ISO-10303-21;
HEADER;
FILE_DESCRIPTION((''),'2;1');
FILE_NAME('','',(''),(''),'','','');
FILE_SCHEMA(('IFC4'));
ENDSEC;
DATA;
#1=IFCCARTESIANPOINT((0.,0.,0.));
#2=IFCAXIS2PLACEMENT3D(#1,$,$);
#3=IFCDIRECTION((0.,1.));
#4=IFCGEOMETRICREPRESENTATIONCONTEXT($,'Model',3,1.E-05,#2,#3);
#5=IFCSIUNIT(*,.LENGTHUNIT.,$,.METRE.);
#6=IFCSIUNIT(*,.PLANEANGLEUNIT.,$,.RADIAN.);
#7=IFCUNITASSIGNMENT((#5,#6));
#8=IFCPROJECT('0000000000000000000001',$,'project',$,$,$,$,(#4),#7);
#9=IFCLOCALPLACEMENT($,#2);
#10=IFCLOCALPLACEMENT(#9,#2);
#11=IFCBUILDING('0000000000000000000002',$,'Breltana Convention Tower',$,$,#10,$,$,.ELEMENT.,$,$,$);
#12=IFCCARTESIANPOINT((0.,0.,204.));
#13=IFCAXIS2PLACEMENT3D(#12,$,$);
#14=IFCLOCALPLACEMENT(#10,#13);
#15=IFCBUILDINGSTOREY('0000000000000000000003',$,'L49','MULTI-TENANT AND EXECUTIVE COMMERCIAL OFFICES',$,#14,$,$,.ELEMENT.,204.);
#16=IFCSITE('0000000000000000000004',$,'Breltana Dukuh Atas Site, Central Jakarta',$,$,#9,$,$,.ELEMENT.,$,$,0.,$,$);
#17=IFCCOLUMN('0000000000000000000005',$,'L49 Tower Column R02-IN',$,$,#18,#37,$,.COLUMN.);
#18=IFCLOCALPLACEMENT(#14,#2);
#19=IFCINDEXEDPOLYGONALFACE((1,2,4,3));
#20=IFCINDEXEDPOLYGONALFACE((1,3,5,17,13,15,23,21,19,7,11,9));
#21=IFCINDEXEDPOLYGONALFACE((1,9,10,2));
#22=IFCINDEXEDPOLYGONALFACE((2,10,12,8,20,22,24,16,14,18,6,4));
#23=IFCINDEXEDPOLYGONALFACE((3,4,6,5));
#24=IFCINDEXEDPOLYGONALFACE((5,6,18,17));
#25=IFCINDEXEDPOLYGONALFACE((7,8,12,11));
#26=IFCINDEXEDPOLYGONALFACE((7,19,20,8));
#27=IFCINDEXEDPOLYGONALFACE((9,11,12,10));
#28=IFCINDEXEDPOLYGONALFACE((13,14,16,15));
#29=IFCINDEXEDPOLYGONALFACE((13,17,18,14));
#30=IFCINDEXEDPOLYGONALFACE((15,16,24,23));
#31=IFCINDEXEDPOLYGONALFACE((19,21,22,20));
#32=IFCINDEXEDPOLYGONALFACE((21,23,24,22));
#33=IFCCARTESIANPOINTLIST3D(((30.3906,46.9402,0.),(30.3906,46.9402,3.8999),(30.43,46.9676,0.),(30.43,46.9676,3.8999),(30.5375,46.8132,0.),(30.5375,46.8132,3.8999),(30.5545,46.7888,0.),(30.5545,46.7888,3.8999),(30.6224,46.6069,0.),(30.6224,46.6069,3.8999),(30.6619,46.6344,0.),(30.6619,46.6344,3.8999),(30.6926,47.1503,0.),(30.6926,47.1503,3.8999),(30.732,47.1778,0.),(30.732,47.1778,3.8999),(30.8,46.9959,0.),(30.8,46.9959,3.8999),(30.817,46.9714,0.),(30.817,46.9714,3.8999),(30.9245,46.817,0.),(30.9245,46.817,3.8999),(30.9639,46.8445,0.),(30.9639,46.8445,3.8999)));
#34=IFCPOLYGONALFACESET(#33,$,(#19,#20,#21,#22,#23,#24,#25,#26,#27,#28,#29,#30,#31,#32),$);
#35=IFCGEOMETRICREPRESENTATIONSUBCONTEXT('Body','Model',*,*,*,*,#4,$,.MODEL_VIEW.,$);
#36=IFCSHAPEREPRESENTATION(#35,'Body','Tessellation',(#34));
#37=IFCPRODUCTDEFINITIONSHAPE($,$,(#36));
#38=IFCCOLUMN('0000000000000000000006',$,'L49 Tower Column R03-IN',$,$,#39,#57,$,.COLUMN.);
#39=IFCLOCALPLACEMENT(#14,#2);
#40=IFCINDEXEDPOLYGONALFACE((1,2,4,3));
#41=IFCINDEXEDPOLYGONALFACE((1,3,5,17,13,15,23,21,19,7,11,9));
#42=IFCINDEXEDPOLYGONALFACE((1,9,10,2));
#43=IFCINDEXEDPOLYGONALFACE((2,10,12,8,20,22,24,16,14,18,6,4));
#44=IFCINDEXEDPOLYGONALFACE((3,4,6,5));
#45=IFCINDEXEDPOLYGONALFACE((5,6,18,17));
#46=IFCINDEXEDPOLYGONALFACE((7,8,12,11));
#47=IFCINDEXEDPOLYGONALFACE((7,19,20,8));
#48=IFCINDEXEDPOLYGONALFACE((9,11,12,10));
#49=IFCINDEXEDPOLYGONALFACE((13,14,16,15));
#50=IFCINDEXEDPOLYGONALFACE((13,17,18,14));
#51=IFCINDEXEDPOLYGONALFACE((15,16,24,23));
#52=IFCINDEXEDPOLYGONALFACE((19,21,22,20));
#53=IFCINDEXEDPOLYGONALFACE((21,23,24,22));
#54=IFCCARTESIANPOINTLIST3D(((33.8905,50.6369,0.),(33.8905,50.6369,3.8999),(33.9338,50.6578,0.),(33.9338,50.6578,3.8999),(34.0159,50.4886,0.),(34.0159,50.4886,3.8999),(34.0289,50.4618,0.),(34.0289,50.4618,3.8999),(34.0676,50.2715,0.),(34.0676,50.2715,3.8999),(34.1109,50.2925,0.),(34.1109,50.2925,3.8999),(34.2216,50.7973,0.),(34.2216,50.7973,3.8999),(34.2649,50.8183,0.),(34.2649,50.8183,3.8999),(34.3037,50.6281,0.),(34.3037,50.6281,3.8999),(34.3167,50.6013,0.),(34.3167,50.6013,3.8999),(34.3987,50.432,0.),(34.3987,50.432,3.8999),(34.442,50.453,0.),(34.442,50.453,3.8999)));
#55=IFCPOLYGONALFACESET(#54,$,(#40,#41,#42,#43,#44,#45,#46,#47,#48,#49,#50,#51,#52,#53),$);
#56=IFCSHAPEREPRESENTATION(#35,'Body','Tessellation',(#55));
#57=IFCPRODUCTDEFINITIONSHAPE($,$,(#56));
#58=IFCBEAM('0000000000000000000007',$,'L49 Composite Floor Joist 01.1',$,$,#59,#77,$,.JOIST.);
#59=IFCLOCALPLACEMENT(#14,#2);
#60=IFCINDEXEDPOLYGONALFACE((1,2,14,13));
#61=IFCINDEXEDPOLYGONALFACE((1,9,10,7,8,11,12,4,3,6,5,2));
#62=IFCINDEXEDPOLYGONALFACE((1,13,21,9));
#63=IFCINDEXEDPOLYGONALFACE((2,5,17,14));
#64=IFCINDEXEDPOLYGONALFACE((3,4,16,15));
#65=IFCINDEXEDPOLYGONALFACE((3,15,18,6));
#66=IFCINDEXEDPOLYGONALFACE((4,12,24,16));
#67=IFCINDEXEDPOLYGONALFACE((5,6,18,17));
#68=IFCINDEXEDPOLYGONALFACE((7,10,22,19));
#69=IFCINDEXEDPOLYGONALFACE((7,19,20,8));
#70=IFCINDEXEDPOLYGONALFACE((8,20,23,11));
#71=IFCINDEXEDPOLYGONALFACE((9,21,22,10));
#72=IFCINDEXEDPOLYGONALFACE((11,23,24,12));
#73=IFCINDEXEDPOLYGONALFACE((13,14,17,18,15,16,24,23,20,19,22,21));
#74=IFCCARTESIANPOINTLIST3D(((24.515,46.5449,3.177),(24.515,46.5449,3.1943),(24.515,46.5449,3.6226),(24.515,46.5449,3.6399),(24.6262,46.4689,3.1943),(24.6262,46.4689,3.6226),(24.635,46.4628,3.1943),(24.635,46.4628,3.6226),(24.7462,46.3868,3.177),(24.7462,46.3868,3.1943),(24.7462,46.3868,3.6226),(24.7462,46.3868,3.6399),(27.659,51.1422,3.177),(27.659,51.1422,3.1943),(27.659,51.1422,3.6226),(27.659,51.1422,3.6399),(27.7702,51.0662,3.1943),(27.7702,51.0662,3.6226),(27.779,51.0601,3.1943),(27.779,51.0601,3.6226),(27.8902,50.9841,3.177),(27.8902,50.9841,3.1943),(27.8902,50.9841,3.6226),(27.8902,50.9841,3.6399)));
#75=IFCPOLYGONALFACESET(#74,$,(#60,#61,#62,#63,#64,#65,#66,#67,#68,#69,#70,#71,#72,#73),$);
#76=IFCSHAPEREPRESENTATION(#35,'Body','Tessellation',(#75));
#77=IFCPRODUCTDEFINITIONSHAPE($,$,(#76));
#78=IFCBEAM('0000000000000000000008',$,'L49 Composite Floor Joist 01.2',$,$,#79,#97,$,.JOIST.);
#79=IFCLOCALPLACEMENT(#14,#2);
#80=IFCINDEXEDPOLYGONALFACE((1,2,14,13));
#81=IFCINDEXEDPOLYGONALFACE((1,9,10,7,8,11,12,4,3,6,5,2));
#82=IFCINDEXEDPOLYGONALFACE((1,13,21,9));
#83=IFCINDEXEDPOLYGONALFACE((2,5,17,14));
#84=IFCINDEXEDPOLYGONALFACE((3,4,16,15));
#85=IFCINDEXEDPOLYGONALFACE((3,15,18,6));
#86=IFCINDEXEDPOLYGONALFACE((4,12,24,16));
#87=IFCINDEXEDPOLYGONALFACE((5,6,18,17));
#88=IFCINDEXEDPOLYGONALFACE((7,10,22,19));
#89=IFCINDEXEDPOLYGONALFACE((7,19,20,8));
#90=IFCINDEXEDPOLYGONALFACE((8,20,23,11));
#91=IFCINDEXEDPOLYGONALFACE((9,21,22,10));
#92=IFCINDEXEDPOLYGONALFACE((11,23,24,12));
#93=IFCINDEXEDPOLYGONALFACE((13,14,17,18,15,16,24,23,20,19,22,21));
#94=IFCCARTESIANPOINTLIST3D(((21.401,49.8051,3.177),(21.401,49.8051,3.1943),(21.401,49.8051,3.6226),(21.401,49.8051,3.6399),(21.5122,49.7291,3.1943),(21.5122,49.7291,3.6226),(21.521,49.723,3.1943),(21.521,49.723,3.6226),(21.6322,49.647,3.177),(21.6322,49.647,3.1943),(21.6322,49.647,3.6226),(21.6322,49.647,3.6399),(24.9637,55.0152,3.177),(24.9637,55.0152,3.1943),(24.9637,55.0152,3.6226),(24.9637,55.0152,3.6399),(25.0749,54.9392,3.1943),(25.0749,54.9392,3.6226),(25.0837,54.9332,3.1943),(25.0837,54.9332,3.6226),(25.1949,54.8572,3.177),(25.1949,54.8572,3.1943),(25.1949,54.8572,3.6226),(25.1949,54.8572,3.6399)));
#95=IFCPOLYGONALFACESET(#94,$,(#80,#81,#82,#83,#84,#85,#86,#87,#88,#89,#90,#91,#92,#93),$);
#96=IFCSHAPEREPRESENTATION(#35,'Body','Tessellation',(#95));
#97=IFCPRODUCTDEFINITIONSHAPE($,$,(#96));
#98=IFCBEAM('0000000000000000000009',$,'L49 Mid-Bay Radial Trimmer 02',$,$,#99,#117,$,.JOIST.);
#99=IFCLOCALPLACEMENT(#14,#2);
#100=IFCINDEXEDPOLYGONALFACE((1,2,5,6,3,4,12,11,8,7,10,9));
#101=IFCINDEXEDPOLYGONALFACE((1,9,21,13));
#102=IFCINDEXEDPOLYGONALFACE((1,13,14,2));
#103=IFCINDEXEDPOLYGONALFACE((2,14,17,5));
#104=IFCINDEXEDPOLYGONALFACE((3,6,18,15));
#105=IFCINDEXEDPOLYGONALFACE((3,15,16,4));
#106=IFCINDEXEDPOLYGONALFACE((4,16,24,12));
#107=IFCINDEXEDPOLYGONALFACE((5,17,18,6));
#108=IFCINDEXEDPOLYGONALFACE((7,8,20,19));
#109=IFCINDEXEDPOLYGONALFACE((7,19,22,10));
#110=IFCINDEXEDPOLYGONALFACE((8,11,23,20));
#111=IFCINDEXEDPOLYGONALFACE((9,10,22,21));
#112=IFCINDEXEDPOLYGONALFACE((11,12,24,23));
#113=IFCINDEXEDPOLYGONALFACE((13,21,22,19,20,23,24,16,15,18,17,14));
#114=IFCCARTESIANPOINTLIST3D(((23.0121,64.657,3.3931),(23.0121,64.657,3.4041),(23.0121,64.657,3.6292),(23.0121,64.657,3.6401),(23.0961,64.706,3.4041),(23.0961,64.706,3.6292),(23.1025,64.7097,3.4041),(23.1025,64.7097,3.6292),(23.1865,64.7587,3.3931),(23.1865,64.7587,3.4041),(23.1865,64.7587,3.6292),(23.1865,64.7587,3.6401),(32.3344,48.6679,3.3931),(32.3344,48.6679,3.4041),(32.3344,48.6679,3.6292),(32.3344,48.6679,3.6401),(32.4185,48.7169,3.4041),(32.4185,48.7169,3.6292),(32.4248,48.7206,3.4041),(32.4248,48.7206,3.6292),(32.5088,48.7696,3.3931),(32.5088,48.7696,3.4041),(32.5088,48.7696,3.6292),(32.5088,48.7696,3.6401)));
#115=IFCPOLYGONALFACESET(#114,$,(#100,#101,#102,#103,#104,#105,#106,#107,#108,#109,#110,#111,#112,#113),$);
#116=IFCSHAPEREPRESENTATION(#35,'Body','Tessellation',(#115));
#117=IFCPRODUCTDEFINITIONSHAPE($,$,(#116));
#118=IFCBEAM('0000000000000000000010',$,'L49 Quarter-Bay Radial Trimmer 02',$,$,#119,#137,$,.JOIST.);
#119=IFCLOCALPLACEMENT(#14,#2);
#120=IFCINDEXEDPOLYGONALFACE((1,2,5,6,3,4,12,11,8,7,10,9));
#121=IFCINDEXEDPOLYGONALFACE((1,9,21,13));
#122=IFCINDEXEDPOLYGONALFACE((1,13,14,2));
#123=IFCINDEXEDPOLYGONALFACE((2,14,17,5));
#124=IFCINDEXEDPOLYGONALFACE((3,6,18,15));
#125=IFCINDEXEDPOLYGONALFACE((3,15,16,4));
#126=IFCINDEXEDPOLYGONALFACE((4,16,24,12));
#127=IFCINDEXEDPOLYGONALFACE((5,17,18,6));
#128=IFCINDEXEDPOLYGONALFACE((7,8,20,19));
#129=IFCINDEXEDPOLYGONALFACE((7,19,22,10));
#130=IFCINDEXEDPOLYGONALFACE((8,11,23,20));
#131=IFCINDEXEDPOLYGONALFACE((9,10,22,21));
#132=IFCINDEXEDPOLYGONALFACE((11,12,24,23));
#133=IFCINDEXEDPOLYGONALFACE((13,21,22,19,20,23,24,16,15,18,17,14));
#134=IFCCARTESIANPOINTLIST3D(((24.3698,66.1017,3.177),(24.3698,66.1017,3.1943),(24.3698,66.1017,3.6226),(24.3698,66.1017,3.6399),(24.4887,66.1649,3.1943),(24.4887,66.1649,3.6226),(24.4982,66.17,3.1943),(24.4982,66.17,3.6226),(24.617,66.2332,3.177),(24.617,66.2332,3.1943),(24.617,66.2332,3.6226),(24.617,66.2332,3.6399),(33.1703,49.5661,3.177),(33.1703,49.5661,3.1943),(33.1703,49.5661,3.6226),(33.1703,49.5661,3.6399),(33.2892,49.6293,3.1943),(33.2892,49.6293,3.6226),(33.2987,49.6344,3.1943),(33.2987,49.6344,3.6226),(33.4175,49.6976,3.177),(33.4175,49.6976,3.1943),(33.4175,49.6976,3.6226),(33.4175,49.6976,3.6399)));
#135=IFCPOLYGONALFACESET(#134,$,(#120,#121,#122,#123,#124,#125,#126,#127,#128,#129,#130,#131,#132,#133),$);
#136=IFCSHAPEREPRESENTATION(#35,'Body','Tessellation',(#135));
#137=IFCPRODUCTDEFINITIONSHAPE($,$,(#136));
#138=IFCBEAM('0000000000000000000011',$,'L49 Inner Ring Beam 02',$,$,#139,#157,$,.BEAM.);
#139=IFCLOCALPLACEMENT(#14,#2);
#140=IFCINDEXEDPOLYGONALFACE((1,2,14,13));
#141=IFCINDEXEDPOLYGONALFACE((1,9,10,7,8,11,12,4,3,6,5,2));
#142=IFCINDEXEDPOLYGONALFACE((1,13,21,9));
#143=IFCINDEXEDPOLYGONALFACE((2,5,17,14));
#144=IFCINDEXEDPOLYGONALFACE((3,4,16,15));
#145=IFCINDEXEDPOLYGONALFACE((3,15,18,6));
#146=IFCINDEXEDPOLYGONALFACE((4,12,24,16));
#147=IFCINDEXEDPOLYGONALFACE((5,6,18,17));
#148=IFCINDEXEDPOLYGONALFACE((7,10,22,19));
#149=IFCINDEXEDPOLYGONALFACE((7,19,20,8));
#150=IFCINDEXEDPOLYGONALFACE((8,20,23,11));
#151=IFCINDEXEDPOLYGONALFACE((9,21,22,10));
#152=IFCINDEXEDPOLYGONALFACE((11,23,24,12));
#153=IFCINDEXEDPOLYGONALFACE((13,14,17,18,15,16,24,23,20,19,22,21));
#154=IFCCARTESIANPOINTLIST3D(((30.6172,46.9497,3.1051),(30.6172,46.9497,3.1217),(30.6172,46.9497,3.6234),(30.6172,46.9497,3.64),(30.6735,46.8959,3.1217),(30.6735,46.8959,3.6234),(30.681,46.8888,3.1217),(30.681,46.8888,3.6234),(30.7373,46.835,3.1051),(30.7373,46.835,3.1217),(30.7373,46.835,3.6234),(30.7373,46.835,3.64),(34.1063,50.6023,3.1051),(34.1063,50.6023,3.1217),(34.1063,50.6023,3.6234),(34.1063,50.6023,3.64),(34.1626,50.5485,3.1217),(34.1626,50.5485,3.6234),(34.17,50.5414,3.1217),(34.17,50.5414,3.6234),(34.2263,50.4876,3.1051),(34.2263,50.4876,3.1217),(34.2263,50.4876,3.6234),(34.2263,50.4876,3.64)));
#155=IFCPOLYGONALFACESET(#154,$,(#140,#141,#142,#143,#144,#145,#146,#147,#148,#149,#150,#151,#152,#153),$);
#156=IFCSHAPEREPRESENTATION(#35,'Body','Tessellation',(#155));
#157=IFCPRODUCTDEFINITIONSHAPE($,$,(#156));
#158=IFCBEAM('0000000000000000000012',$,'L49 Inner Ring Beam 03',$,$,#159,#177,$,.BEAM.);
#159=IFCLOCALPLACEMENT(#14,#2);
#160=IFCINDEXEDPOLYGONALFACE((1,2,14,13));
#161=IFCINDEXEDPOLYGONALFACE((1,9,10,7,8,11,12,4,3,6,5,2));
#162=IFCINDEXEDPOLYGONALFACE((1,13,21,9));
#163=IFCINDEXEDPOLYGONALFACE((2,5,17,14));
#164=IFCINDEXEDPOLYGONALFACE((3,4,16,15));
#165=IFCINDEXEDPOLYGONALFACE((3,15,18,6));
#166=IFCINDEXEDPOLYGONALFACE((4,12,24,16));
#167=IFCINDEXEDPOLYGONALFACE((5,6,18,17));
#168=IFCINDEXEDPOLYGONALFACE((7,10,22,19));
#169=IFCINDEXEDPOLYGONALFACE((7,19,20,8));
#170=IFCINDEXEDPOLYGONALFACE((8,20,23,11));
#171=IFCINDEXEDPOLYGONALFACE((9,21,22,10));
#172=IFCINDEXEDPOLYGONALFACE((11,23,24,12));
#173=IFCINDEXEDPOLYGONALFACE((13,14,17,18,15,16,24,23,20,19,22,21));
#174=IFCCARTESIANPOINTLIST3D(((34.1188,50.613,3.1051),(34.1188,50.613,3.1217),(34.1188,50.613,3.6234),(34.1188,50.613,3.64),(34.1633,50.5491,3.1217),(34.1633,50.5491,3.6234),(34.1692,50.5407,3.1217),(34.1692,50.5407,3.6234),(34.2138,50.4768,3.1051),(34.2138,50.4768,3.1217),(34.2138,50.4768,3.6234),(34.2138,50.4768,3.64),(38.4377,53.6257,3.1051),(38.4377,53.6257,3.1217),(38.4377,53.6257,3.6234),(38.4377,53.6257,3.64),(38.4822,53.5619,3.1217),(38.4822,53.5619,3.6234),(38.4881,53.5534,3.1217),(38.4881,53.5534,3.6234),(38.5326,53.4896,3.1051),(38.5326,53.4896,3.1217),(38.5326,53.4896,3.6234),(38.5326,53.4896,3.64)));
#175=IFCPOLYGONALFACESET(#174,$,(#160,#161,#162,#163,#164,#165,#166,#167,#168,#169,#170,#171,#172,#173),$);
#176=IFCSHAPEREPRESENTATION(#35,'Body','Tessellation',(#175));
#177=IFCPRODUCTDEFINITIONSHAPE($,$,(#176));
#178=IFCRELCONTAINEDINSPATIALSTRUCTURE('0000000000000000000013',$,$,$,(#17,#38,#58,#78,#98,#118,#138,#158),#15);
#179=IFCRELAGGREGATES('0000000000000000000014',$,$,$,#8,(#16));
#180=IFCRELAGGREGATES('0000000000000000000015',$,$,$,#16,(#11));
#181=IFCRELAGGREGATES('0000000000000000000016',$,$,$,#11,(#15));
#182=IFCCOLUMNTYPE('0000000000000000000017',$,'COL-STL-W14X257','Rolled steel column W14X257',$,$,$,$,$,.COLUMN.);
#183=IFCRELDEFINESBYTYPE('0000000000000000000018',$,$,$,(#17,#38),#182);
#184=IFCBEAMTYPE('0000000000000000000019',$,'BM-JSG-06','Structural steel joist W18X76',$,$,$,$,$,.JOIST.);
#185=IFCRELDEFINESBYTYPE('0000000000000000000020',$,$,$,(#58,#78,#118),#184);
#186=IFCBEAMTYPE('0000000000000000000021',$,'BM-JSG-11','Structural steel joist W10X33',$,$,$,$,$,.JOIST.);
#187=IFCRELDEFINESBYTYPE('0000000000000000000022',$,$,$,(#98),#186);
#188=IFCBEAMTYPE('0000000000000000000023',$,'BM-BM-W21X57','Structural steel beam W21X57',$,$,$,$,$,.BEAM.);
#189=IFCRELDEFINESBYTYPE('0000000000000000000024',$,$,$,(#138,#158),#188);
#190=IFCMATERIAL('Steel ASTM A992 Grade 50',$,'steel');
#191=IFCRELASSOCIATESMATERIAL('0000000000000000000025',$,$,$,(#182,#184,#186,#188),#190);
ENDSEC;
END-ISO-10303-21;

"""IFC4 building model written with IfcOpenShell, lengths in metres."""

from ifc_helpers import new_model, si_unit, direction, frame, origin, origin_2d, place, context, subcontext, project, spatial, i_section, extrude, source, transform, mapped, material, material_profile, profile_set, type_object, type_shapes, element, save


model = new_model("IFC4")

# Units and contexts
model_context = context("Model", 3, precision=1e-05, world=origin(), true_north=direction((0.0, 1.0)))
body_context = subcontext(model_context, "Body", "Model", "MODEL_VIEW")
ifc_project = project(units=[si_unit("LENGTHUNIT", "METRE"), si_unit("PLANEANGLEUNIT", "RADIAN")], contexts=[model_context])

# Site, building, storey
site_placement = place(None, origin())
site = spatial("IfcSite", under=ifc_project, at=site_placement, Name="Breltana Dukuh Atas Site, Central Jakarta", CompositionType="ELEMENT", RefElevation=0.0)
building_placement = place(site_placement, origin())
building = spatial("IfcBuilding", under=site, at=building_placement, Name="Breltana Convention Tower", CompositionType="ELEMENT")
storey_placement = place(building_placement, frame((0.0, 0.0, 204.0)))
storey = spatial("IfcBuildingStorey", under=building, at=storey_placement, Name="L49", Description="MULTI-TENANT AND EXECUTIVE COMMERCIAL OFFICES", CompositionType="ELEMENT", Elevation=204.0)

# Columns
ifc_material_1 = material(Name="Steel ASTM A992 Grade 50", Category="steel")
ifc_material_profile_1 = material_profile(ifc_material_1, i_section(OverallWidth=0.406, OverallDepth=0.416, WebThickness=0.0298, FlangeThickness=0.0481, at=origin_2d()), Name="W14X257")
ifc_profile_set_1 = profile_set([ifc_material_profile_1], Name="Steel ASTM A992 Grade 50")
column_type = type_object("IfcColumnType", Name="COL-STL-W14X257", Description="Rolled steel column W14X257", PredefinedType="COLUMN", material=ifc_profile_set_1)
shared_shape_1 = source(origin(), body_context, "Body", "SweptSolid", [
    extrude(i_section(OverallWidth=0.406, OverallDepth=0.416, WebThickness=0.0298, FlangeThickness=0.0481, at=origin_2d()), origin(), (0.0, 0.0, 1.0), 3.8999),
])
for number, where, z_axis, x_axis, name in (
    (1, (30.6772, 46.8923, 0.0), (0.0, 0.0, 1.0), (-0.571143, 0.82085, 0.0), "L49 Tower Column R02-IN"),
    (2, (34.1663, 50.5449, 0.0), (0.0, 0.0, 1.0), (-0.436174, 0.899863, 0.0), "L49 Tower Column R03-IN"),
):
    element("IfcColumn", number, at=place(storey_placement, frame(where, z_axis=z_axis, x_axis=x_axis)), inside=storey, type_object=column_type, Name=name, PredefinedType="COLUMN", context=body_context, shape_type="MappedRepresentation", body=[
        mapped(shared_shape_1, transform((0.0, 0.0, 0.0), scale=1.0)),
    ])

# Beams
ifc_material_profile_2 = material_profile(ifc_material_1, i_section(OverallWidth=0.28, OverallDepth=0.4629, WebThickness=0.0107, FlangeThickness=0.0173, at=origin_2d()), Name="W18X76")
ifc_profile_set_2 = profile_set([ifc_material_profile_2], Name="Steel ASTM A992 Grade 50")
beam_type_1 = type_object("IfcBeamType", Name="BM-JSG-06", Description="Structural steel joist W18X76", PredefinedType="JOIST", material=ifc_profile_set_2)
shared_shape_2 = source(origin(), body_context, "Body", "SweptSolid", [
    extrude(i_section(OverallWidth=0.28, OverallDepth=0.4629, WebThickness=0.0107, FlangeThickness=0.0173, at=origin_2d()), origin(), (0.0, 0.0, 1.0), 5.5696),
])
type_shapes(beam_type_1, [shared_shape_2])
beam_1_placement = place(storey_placement, frame((24.6306, 46.4658, 3.4084), z_axis=(0.564494, 0.825437, 0.0), x_axis=(-0.825437, 0.564494, 0.0)))
element("IfcBeam", 3, at=beam_1_placement, inside=storey, type_object=beam_type_1, Name="L49 Composite Floor Joist 01.1", PredefinedType="JOIST", context=body_context, shape_type="MappedRepresentation", body=[
    mapped(shared_shape_2, transform((0.0, 0.0, 0.0), scale=1.0)),
])
shared_shape_3 = source(origin(), body_context, "Body", "SweptSolid", [
    extrude(i_section(OverallWidth=0.28, OverallDepth=0.4629, WebThickness=0.0107, FlangeThickness=0.0173, at=origin_2d()), origin(), (0.0, 0.0, 1.0), 6.3118),
])
beam_2_placement = place(storey_placement, frame((21.5166, 49.7261, 3.4084), z_axis=(0.564454, 0.825465, 0.0), x_axis=(-0.825465, 0.564454, 0.0)))
element("IfcBeam", 4, at=beam_2_placement, inside=storey, type_object=beam_type_1, Name="L49 Composite Floor Joist 01.2", PredefinedType="JOIST", context=body_context, shape_type="MappedRepresentation", body=[
    mapped(shared_shape_3, transform((0.0, 0.0, 0.0), scale=1.0)),
])
ifc_material_profile_3 = material_profile(ifc_material_1, i_section(OverallWidth=0.2019, OverallDepth=0.2471, WebThickness=0.0073, FlangeThickness=0.011, at=origin_2d()), Name="W10X33")
ifc_profile_set_3 = profile_set([ifc_material_profile_3], Name="Steel ASTM A992 Grade 50")
beam_type_2 = type_object("IfcBeamType", Name="BM-JSG-11", Description="Structural steel joist W10X33", PredefinedType="JOIST", material=ifc_profile_set_3)
shared_shape_4 = source(origin(), body_context, "Body", "SweptSolid", [
    extrude(i_section(OverallWidth=0.2019, OverallDepth=0.2471, WebThickness=0.0073, FlangeThickness=0.011, at=origin_2d()), origin(), (0.0, 0.0, 1.0), 18.5083),
])
beam_3_placement = place(storey_placement, frame((32.4216, 48.7188, 3.5166), z_axis=(-0.503683, 0.863888, 0.0), x_axis=(-0.863888, -0.503683, 0.0)))
element("IfcBeam", 5, at=beam_3_placement, inside=storey, type_object=beam_type_2, Name="L49 Mid-Bay Radial Trimmer 02", PredefinedType="JOIST", context=body_context, shape_type="MappedRepresentation", body=[
    mapped(shared_shape_4, transform((0.0, 0.0, 0.0), scale=1.0)),
])
shared_shape_5 = source(origin(), body_context, "Body", "SweptSolid", [
    extrude(i_section(OverallWidth=0.28, OverallDepth=0.4629, WebThickness=0.0107, FlangeThickness=0.0173, at=origin_2d()), origin(), (0.0, 0.0, 1.0), 18.7317),
])
beam_4_placement = place(storey_placement, frame((33.2939, 49.6318, 3.4084), z_axis=(-0.46982, 0.882762, 0.0), x_axis=(-0.882762, -0.46982, 0.0)))
element("IfcBeam", 6, at=beam_4_placement, inside=storey, type_object=beam_type_1, Name="L49 Quarter-Bay Radial Trimmer 02", PredefinedType="JOIST", context=body_context, shape_type="MappedRepresentation", body=[
    mapped(shared_shape_5, transform((0.0, 0.0, 0.0), scale=1.0)),
])
ifc_material_profile_4 = material_profile(ifc_material_1, i_section(OverallWidth=0.166, OverallDepth=0.5349, WebThickness=0.0103, FlangeThickness=0.0166, at=origin_2d()), Name="W21X57")
ifc_profile_set_4 = profile_set([ifc_material_profile_4], Name="Steel ASTM A992 Grade 50")
beam_type_3 = type_object("IfcBeamType", Name="BM-BM-W21X57", Description="Structural steel beam W21X57", PredefinedType="BEAM", material=ifc_profile_set_4)
shared_shape_6 = source(origin(), body_context, "Body", "SweptSolid", [
    extrude(i_section(OverallWidth=0.166, OverallDepth=0.5349, WebThickness=0.0103, FlangeThickness=0.0166, at=origin_2d()), origin(), (0.0, 0.0, 1.0), 5.0513),
])
beam_5_placement = place(storey_placement, frame((30.6772, 46.8923, 3.3726), z_axis=(0.69073, 0.723113, 0.0), x_axis=(-0.723113, 0.69073, 0.0)))
element("IfcBeam", 7, at=beam_5_placement, inside=storey, type_object=beam_type_3, Name="L49 Inner Ring Beam 02", PredefinedType="BEAM", context=body_context, shape_type="MappedRepresentation", body=[
    mapped(shared_shape_6, transform((0.0, 0.0, 0.0), scale=1.0)),
])
shared_shape_7 = source(origin(), body_context, "Body", "SweptSolid", [
    extrude(i_section(OverallWidth=0.166, OverallDepth=0.5349, WebThickness=0.0103, FlangeThickness=0.0166, at=origin_2d()), origin(), (0.0, 0.0, 1.0), 5.2659),
])
beam_6_placement = place(storey_placement, frame((34.1663, 50.5449, 3.3726), z_axis=(0.820167, 0.572124, 0.0), x_axis=(-0.572124, 0.820167, 0.0)))
element("IfcBeam", 8, at=beam_6_placement, inside=storey, type_object=beam_type_3, Name="L49 Inner Ring Beam 03", PredefinedType="BEAM", context=body_context, shape_type="MappedRepresentation", body=[
    mapped(shared_shape_7, transform((0.0, 0.0, 0.0), scale=1.0)),
])

save(model, "model.ifc")
